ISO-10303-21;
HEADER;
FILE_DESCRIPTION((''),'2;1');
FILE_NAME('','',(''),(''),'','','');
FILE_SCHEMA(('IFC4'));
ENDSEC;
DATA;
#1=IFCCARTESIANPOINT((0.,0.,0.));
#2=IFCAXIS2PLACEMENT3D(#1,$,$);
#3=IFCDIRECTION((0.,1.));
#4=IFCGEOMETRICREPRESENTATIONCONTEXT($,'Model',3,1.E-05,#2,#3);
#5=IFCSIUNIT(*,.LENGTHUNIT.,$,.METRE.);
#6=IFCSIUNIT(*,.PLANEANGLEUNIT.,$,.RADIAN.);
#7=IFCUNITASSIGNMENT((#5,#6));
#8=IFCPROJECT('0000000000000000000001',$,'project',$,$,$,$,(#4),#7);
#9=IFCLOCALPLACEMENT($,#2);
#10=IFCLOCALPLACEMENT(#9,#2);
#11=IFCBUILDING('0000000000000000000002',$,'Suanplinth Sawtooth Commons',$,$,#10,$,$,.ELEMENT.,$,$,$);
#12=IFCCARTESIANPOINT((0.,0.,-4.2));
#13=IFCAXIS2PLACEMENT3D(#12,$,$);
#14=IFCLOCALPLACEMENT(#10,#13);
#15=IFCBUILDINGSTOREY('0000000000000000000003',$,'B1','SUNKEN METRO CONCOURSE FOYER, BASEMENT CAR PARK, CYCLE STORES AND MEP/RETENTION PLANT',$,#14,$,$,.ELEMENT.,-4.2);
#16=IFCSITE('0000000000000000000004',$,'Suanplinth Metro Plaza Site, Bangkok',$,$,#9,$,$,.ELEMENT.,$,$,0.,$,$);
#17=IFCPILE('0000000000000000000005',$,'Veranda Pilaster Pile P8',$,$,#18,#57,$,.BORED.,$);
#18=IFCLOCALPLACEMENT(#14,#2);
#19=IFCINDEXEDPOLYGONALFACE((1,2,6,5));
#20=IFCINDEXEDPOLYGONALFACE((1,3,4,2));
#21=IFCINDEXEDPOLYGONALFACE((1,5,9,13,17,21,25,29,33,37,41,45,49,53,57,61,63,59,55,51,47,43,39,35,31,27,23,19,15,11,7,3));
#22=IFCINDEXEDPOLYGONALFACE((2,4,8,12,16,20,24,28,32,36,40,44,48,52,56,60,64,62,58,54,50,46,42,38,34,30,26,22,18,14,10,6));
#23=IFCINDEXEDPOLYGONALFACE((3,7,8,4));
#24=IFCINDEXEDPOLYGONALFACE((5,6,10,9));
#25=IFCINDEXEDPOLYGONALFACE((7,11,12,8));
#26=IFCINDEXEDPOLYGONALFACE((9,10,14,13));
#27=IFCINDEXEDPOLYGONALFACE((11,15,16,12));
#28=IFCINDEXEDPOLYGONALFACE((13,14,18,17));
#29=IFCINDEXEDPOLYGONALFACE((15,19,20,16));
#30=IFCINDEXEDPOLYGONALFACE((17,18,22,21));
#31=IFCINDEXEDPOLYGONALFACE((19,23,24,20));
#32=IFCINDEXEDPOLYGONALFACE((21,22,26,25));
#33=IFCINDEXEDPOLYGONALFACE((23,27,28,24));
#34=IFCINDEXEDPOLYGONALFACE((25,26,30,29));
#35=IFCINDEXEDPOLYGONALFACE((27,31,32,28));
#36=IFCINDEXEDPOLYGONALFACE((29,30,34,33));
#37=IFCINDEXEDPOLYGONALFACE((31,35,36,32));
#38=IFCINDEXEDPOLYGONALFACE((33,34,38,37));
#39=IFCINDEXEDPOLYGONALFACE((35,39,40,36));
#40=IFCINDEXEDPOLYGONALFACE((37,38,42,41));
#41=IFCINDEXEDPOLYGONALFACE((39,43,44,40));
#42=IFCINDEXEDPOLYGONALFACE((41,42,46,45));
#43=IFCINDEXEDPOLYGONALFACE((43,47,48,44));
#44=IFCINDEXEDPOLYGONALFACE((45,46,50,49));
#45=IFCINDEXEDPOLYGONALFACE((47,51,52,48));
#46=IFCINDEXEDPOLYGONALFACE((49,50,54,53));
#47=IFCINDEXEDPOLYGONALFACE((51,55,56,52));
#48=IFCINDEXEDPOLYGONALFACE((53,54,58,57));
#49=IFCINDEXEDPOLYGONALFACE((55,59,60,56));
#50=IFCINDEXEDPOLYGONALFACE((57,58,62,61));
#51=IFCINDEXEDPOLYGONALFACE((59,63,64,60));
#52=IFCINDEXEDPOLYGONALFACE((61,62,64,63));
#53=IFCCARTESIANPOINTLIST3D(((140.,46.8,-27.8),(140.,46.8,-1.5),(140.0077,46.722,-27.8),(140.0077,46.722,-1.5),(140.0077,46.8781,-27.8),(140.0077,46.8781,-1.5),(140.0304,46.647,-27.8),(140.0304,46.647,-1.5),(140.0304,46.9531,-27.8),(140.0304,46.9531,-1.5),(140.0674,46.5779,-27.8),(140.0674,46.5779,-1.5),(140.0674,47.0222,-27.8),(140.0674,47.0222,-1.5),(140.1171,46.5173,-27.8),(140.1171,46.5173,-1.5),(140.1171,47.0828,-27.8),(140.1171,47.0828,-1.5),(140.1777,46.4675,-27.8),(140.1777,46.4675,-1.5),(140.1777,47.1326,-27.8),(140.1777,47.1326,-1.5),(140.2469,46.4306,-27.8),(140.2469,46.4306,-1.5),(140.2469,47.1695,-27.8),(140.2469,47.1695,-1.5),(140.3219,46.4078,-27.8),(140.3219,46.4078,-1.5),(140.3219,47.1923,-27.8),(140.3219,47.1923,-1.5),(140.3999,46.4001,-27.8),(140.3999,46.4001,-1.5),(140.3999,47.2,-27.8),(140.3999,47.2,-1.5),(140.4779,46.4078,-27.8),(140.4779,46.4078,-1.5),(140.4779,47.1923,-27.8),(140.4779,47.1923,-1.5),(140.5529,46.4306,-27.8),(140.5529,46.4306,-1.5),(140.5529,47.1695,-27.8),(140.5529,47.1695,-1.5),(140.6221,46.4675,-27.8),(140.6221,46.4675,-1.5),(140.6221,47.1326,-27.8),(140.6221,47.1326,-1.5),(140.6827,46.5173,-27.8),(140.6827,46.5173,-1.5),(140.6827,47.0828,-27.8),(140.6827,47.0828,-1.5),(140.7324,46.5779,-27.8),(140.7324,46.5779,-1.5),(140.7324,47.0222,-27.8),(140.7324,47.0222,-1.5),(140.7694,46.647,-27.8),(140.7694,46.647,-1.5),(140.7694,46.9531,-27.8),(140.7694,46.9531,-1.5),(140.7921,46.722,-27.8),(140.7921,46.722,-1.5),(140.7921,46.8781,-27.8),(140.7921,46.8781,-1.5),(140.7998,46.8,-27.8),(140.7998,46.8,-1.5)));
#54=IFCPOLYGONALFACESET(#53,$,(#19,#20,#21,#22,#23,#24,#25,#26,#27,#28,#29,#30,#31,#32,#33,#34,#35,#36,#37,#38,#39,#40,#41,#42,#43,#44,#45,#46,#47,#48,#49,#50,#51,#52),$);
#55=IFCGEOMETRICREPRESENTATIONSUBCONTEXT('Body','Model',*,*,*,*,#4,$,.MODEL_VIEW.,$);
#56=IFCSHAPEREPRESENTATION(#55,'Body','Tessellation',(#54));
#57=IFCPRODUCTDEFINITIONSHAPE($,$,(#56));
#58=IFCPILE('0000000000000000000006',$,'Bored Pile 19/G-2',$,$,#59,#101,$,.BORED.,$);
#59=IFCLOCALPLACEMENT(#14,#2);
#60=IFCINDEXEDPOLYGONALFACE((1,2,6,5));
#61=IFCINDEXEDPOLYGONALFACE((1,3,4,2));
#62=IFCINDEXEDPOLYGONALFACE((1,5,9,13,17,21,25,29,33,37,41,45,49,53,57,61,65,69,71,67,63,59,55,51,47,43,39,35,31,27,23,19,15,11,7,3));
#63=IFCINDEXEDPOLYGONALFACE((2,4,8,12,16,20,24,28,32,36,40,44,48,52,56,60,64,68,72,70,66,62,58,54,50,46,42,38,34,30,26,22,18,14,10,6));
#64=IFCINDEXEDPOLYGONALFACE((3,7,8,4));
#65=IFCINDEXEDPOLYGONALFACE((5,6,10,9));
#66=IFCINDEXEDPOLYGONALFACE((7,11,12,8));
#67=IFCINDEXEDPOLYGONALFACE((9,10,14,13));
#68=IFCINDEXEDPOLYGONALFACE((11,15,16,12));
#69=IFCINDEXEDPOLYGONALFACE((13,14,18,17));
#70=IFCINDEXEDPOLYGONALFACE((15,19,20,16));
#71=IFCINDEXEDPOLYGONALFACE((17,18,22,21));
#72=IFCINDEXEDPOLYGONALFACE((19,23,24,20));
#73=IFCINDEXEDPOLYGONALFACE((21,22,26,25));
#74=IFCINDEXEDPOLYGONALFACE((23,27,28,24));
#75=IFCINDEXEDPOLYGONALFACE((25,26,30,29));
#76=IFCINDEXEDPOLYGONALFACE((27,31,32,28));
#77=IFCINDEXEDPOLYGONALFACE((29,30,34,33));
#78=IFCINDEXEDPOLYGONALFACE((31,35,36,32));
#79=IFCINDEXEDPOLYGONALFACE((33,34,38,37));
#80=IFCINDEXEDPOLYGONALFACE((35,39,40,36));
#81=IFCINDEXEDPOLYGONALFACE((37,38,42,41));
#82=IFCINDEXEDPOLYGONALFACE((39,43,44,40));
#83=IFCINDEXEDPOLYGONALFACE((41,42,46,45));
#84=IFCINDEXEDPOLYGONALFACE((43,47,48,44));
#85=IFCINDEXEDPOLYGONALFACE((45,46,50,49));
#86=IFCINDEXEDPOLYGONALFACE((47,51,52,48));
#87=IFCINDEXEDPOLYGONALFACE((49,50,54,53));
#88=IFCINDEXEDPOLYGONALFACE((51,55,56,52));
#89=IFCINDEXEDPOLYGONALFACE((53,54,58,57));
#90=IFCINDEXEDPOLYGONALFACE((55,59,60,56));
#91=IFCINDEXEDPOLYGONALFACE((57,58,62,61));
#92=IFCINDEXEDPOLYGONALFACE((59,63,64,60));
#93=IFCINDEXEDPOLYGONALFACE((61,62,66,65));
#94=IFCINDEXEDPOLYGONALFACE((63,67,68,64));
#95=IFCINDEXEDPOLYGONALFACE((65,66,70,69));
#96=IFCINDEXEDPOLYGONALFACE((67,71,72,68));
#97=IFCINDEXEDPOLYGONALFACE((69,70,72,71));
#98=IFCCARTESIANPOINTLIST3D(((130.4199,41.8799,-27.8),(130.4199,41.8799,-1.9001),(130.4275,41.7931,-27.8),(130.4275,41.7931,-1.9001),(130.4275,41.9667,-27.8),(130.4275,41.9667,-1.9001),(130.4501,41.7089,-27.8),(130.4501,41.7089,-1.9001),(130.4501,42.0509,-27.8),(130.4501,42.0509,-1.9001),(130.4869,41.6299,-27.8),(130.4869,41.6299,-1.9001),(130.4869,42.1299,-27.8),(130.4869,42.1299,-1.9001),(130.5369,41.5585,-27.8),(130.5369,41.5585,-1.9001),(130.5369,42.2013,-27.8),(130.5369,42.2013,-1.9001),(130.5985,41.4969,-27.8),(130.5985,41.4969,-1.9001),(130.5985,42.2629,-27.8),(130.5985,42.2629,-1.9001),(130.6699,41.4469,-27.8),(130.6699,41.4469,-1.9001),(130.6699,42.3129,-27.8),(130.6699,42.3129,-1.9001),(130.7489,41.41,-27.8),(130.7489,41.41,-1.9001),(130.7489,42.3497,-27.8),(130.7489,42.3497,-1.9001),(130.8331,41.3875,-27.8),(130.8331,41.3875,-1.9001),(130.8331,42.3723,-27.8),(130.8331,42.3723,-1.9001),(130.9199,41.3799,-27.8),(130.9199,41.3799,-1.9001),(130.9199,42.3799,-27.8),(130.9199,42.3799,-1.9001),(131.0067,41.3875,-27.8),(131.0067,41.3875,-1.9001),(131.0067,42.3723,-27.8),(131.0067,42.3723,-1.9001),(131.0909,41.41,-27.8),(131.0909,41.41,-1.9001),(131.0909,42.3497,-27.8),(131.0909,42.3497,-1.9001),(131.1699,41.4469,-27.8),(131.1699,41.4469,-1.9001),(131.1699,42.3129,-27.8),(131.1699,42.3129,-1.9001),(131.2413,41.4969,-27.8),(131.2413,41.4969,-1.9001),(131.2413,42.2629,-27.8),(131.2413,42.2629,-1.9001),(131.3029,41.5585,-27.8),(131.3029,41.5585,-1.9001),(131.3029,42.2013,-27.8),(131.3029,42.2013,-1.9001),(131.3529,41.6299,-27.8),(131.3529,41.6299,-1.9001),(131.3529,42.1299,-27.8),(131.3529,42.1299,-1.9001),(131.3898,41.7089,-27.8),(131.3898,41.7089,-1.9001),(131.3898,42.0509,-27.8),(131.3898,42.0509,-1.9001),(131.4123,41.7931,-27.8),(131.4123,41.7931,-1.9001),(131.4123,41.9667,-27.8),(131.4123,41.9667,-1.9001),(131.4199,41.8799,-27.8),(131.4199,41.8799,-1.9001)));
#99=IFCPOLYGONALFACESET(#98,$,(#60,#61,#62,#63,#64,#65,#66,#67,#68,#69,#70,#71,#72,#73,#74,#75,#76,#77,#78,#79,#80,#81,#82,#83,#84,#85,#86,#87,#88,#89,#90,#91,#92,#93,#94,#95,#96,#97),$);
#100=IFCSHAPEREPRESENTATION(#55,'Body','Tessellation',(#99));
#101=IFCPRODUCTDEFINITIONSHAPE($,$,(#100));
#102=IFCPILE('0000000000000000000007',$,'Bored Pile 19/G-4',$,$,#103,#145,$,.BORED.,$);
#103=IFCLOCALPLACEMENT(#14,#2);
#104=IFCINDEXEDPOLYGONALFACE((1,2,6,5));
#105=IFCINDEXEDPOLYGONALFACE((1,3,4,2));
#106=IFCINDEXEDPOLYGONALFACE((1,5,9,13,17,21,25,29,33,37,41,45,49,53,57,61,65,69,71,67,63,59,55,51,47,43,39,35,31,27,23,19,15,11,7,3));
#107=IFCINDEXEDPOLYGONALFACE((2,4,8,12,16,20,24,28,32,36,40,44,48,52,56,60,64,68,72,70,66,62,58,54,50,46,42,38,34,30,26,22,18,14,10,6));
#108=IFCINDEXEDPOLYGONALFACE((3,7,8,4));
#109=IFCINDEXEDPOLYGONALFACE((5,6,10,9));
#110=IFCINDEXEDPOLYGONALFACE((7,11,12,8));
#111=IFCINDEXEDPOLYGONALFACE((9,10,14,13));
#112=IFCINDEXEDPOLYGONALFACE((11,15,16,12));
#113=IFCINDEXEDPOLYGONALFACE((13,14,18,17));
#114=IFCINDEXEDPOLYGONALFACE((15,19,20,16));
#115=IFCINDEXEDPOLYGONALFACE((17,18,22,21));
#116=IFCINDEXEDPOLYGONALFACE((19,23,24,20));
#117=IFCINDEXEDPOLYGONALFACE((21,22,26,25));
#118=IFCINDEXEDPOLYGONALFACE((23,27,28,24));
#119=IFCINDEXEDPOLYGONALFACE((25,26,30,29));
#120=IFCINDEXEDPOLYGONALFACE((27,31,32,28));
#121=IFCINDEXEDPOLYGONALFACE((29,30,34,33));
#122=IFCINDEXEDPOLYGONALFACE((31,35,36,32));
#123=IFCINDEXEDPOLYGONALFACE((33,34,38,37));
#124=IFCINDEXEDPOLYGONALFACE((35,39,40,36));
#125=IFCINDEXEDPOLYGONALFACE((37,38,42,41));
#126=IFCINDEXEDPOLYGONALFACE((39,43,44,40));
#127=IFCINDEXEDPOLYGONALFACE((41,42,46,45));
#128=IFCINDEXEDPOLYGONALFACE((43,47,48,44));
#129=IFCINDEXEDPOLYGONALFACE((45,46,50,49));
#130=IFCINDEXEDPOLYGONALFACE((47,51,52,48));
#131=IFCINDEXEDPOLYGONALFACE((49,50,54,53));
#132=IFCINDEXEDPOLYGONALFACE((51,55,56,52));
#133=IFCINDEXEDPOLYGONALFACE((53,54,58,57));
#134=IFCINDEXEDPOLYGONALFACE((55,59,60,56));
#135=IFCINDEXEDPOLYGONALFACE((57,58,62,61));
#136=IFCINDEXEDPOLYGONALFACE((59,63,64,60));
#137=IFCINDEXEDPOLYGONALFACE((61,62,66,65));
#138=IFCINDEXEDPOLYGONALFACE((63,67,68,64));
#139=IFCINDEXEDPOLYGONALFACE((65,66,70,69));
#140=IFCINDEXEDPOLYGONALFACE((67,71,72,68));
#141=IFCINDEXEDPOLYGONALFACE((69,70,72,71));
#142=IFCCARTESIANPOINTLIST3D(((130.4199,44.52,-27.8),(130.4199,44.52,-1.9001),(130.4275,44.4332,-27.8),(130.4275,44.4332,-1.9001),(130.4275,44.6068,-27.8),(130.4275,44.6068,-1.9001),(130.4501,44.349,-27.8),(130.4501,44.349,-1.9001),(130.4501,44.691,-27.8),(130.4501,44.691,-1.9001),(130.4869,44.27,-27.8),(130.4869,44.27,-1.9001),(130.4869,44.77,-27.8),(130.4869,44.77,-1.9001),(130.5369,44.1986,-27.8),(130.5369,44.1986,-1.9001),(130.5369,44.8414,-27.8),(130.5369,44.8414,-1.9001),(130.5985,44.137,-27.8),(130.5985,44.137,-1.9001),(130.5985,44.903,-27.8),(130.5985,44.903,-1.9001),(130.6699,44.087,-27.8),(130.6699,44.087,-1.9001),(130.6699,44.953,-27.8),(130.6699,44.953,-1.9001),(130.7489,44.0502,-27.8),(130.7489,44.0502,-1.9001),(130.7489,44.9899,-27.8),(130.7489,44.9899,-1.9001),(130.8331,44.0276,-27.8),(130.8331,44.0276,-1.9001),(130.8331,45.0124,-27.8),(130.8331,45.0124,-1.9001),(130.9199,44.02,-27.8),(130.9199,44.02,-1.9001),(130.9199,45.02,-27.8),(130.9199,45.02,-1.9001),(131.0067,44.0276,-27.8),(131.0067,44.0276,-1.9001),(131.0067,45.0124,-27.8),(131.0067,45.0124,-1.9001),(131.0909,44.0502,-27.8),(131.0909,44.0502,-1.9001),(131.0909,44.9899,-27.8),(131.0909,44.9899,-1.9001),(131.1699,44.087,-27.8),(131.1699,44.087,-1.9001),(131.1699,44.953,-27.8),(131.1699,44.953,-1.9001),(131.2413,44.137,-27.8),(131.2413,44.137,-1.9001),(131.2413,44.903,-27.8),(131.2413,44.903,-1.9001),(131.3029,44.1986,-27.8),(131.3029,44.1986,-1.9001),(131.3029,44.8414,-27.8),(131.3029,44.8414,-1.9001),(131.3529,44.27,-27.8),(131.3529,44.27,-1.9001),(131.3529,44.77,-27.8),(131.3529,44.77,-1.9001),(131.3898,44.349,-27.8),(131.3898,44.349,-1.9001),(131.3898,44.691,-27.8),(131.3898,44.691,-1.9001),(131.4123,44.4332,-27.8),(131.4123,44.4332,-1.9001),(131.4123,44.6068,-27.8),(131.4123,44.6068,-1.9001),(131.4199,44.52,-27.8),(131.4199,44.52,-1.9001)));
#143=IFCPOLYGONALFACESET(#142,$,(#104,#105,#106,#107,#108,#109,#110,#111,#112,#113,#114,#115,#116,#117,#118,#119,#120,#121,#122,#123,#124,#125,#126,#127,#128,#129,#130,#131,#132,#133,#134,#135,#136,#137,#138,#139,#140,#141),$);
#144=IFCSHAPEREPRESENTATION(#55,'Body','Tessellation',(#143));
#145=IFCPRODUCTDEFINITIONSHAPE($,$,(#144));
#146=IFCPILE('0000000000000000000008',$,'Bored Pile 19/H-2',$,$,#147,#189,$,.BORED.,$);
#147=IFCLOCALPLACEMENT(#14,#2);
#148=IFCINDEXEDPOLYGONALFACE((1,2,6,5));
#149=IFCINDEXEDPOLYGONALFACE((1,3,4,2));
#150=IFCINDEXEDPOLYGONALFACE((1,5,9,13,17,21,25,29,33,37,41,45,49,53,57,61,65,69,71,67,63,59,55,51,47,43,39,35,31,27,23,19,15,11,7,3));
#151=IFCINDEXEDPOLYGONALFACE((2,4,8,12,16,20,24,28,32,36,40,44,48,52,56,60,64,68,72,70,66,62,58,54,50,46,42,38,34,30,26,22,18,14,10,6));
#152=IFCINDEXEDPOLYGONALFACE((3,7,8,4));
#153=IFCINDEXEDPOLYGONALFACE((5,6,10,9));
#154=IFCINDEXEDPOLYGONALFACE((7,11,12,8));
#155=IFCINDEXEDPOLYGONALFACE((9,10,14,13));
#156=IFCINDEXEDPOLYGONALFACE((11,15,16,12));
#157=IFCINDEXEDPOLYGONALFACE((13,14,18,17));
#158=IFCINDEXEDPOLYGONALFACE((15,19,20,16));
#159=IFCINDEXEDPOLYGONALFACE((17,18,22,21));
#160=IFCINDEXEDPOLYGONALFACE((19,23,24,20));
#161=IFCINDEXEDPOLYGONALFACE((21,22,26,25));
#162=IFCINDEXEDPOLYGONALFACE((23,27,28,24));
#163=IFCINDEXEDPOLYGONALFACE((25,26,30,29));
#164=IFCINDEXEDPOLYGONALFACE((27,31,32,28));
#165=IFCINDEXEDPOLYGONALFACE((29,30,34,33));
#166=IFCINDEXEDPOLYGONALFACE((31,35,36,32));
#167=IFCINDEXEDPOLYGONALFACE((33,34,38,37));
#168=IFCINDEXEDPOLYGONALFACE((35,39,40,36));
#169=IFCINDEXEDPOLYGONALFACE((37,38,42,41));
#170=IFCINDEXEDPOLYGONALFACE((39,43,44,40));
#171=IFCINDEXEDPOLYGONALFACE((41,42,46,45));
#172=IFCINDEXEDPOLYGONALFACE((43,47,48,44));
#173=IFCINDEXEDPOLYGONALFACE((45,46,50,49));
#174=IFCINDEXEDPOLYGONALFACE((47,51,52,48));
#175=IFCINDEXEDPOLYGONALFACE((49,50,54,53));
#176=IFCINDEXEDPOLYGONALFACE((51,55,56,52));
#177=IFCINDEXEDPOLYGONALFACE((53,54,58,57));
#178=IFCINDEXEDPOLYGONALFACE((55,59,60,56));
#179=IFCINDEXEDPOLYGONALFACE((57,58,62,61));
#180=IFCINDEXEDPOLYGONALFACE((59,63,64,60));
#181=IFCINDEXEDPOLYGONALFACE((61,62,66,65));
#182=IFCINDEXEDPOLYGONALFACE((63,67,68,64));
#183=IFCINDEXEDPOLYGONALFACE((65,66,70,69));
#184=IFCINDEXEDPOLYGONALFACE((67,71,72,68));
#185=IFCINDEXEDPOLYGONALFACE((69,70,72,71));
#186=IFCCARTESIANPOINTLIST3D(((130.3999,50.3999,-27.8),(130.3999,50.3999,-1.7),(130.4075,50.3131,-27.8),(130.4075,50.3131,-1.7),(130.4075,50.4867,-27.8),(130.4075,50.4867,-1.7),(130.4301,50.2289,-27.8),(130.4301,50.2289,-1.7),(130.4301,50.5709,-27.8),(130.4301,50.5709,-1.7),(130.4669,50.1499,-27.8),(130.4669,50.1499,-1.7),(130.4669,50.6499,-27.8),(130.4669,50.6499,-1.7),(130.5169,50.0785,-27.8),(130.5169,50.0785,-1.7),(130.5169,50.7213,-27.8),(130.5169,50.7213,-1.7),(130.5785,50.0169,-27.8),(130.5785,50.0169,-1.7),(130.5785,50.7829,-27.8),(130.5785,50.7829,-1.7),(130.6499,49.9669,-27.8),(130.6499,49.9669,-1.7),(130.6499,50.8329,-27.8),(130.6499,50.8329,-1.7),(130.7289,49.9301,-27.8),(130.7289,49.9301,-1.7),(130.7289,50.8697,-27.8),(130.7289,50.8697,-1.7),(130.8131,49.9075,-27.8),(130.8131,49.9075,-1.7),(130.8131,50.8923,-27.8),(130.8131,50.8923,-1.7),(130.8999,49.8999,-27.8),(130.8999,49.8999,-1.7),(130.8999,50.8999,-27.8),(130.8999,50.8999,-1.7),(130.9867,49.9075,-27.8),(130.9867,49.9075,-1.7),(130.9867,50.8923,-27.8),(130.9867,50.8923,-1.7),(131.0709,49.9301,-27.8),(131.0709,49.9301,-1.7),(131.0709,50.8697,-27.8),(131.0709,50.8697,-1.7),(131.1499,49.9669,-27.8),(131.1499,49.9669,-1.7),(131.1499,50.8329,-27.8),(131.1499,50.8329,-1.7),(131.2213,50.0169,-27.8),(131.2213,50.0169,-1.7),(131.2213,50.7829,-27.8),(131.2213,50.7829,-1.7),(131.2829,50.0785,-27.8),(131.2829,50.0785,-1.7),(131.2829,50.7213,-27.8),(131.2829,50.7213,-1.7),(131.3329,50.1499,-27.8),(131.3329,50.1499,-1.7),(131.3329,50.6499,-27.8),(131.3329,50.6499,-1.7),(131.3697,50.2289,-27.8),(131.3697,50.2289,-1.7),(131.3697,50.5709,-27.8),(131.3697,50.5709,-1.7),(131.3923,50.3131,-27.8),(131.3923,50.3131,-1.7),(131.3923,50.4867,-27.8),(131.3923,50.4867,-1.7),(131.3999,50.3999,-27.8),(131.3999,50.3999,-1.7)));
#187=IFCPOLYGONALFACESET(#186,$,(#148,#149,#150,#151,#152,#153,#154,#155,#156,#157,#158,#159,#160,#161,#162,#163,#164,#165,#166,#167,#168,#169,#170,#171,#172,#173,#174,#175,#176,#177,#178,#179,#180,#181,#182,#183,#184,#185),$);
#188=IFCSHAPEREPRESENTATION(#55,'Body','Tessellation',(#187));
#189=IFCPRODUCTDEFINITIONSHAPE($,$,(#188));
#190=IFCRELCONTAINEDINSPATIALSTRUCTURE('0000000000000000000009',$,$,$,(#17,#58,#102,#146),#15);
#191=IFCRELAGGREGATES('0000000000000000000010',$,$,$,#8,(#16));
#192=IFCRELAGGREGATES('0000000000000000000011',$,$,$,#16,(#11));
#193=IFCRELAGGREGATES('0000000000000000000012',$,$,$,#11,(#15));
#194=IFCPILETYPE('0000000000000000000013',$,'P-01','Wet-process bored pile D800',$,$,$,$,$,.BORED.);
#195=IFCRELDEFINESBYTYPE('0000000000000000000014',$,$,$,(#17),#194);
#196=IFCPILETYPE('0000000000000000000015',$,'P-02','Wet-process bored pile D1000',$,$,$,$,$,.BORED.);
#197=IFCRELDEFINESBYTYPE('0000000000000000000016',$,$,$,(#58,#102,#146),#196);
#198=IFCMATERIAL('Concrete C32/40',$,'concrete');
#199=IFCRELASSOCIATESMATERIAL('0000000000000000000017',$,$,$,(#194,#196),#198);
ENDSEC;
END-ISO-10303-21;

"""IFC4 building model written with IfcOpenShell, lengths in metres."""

from ifc_helpers import new_model, si_unit, direction, frame, origin, origin_2d, place, context, subcontext, project, spatial, circle, extrude, material, material_profile, profile_set, type_object, element, save


model = new_model("IFC4")

# Units and contexts
model_context = context("Model", 3, precision=1e-05, world=origin(), true_north=direction((0.0, 1.0)))
body_context = subcontext(model_context, "Body", "Model", "MODEL_VIEW")
ifc_project = project(units=[si_unit("LENGTHUNIT", "METRE"), si_unit("PLANEANGLEUNIT", "RADIAN")], contexts=[model_context])

# Site, building, storey
site_placement = place(None, origin())
site = spatial("IfcSite", under=ifc_project, at=site_placement, Name="Suanplinth Metro Plaza Site, Bangkok", CompositionType="ELEMENT", RefElevation=0.0)
building_placement = place(site_placement, origin())
building = spatial("IfcBuilding", under=site, at=building_placement, Name="Suanplinth Sawtooth Commons", CompositionType="ELEMENT")
storey_placement = place(building_placement, frame((0.0, 0.0, -4.2)))
storey = spatial("IfcBuildingStorey", under=building, at=storey_placement, Name="B1", Description="SUNKEN METRO CONCOURSE FOYER, BASEMENT CAR PARK, CYCLE STORES AND MEP/RETENTION PLANT", CompositionType="ELEMENT", Elevation=-4.2)

# Piles
ifc_material_1 = material(Name="Concrete C32/40", Category="concrete")
ifc_material_profile_1 = material_profile(ifc_material_1, circle(Radius=0.3999, at=origin_2d()), Name="PILE D800")
ifc_profile_set_1 = profile_set([ifc_material_profile_1], Name="Concrete C32/40")
pile_type_1 = type_object("IfcPileType", Name="P-01", Description="Wet-process bored pile D800", PredefinedType="BORED", material=ifc_profile_set_1)
for number, where, z_axis, x_axis, name in (
    (1, (140.3999, 46.8, -1.5), (0.0, 0.0, -1.0), (1.0, 0.0, 0.0), "Veranda Pilaster Pile P8"),
):
    element("IfcPile", number, at=place(storey_placement, frame(where, z_axis=z_axis, x_axis=x_axis)), inside=storey, type_object=pile_type_1, Name=name, PredefinedType="BORED", context=body_context, shape_type="SweptSolid", body=[
        extrude(circle(Radius=0.3999, at=origin_2d()), origin(), (0.0, 0.0, 1.0), 26.3),
    ])
ifc_material_profile_2 = material_profile(ifc_material_1, circle(Radius=0.5, at=origin_2d()), Name="PILE D1000")
ifc_profile_set_2 = profile_set([ifc_material_profile_2], Name="Concrete C32/40")
pile_type_2 = type_object("IfcPileType", Name="P-02", Description="Wet-process bored pile D1000", PredefinedType="BORED", material=ifc_profile_set_2)
for number, where, z_axis, x_axis, name in (
    (2, (130.9199, 41.8799, -1.9001), (0.0, 0.0, -1.0), (1.0, 0.0, 0.0), "Bored Pile 19/G-2"),
    (3, (130.9199, 44.52, -1.9001), (0.0, 0.0, -1.0), (1.0, 0.0, 0.0), "Bored Pile 19/G-4"),
):
    element("IfcPile", number, at=place(storey_placement, frame(where, z_axis=z_axis, x_axis=x_axis)), inside=storey, type_object=pile_type_2, Name=name, PredefinedType="BORED", context=body_context, shape_type="SweptSolid", body=[
        extrude(circle(Radius=0.5, at=origin_2d()), origin(), (0.0, 0.0, 1.0), 25.8999),
    ])
pile_1_placement = place(storey_placement, frame((130.8999, 50.3999, -1.7), z_axis=(0.0, 0.0, -1.0), x_axis=(1.0, 0.0, 0.0)))
element("IfcPile", 4, at=pile_1_placement, inside=storey, type_object=pile_type_2, Name="Bored Pile 19/H-2", PredefinedType="BORED", context=body_context, shape_type="SweptSolid", body=[
    extrude(circle(Radius=0.5, at=origin_2d()), origin(), (0.0, 0.0, 1.0), 26.1001),
])

save(model, "model.ifc")
